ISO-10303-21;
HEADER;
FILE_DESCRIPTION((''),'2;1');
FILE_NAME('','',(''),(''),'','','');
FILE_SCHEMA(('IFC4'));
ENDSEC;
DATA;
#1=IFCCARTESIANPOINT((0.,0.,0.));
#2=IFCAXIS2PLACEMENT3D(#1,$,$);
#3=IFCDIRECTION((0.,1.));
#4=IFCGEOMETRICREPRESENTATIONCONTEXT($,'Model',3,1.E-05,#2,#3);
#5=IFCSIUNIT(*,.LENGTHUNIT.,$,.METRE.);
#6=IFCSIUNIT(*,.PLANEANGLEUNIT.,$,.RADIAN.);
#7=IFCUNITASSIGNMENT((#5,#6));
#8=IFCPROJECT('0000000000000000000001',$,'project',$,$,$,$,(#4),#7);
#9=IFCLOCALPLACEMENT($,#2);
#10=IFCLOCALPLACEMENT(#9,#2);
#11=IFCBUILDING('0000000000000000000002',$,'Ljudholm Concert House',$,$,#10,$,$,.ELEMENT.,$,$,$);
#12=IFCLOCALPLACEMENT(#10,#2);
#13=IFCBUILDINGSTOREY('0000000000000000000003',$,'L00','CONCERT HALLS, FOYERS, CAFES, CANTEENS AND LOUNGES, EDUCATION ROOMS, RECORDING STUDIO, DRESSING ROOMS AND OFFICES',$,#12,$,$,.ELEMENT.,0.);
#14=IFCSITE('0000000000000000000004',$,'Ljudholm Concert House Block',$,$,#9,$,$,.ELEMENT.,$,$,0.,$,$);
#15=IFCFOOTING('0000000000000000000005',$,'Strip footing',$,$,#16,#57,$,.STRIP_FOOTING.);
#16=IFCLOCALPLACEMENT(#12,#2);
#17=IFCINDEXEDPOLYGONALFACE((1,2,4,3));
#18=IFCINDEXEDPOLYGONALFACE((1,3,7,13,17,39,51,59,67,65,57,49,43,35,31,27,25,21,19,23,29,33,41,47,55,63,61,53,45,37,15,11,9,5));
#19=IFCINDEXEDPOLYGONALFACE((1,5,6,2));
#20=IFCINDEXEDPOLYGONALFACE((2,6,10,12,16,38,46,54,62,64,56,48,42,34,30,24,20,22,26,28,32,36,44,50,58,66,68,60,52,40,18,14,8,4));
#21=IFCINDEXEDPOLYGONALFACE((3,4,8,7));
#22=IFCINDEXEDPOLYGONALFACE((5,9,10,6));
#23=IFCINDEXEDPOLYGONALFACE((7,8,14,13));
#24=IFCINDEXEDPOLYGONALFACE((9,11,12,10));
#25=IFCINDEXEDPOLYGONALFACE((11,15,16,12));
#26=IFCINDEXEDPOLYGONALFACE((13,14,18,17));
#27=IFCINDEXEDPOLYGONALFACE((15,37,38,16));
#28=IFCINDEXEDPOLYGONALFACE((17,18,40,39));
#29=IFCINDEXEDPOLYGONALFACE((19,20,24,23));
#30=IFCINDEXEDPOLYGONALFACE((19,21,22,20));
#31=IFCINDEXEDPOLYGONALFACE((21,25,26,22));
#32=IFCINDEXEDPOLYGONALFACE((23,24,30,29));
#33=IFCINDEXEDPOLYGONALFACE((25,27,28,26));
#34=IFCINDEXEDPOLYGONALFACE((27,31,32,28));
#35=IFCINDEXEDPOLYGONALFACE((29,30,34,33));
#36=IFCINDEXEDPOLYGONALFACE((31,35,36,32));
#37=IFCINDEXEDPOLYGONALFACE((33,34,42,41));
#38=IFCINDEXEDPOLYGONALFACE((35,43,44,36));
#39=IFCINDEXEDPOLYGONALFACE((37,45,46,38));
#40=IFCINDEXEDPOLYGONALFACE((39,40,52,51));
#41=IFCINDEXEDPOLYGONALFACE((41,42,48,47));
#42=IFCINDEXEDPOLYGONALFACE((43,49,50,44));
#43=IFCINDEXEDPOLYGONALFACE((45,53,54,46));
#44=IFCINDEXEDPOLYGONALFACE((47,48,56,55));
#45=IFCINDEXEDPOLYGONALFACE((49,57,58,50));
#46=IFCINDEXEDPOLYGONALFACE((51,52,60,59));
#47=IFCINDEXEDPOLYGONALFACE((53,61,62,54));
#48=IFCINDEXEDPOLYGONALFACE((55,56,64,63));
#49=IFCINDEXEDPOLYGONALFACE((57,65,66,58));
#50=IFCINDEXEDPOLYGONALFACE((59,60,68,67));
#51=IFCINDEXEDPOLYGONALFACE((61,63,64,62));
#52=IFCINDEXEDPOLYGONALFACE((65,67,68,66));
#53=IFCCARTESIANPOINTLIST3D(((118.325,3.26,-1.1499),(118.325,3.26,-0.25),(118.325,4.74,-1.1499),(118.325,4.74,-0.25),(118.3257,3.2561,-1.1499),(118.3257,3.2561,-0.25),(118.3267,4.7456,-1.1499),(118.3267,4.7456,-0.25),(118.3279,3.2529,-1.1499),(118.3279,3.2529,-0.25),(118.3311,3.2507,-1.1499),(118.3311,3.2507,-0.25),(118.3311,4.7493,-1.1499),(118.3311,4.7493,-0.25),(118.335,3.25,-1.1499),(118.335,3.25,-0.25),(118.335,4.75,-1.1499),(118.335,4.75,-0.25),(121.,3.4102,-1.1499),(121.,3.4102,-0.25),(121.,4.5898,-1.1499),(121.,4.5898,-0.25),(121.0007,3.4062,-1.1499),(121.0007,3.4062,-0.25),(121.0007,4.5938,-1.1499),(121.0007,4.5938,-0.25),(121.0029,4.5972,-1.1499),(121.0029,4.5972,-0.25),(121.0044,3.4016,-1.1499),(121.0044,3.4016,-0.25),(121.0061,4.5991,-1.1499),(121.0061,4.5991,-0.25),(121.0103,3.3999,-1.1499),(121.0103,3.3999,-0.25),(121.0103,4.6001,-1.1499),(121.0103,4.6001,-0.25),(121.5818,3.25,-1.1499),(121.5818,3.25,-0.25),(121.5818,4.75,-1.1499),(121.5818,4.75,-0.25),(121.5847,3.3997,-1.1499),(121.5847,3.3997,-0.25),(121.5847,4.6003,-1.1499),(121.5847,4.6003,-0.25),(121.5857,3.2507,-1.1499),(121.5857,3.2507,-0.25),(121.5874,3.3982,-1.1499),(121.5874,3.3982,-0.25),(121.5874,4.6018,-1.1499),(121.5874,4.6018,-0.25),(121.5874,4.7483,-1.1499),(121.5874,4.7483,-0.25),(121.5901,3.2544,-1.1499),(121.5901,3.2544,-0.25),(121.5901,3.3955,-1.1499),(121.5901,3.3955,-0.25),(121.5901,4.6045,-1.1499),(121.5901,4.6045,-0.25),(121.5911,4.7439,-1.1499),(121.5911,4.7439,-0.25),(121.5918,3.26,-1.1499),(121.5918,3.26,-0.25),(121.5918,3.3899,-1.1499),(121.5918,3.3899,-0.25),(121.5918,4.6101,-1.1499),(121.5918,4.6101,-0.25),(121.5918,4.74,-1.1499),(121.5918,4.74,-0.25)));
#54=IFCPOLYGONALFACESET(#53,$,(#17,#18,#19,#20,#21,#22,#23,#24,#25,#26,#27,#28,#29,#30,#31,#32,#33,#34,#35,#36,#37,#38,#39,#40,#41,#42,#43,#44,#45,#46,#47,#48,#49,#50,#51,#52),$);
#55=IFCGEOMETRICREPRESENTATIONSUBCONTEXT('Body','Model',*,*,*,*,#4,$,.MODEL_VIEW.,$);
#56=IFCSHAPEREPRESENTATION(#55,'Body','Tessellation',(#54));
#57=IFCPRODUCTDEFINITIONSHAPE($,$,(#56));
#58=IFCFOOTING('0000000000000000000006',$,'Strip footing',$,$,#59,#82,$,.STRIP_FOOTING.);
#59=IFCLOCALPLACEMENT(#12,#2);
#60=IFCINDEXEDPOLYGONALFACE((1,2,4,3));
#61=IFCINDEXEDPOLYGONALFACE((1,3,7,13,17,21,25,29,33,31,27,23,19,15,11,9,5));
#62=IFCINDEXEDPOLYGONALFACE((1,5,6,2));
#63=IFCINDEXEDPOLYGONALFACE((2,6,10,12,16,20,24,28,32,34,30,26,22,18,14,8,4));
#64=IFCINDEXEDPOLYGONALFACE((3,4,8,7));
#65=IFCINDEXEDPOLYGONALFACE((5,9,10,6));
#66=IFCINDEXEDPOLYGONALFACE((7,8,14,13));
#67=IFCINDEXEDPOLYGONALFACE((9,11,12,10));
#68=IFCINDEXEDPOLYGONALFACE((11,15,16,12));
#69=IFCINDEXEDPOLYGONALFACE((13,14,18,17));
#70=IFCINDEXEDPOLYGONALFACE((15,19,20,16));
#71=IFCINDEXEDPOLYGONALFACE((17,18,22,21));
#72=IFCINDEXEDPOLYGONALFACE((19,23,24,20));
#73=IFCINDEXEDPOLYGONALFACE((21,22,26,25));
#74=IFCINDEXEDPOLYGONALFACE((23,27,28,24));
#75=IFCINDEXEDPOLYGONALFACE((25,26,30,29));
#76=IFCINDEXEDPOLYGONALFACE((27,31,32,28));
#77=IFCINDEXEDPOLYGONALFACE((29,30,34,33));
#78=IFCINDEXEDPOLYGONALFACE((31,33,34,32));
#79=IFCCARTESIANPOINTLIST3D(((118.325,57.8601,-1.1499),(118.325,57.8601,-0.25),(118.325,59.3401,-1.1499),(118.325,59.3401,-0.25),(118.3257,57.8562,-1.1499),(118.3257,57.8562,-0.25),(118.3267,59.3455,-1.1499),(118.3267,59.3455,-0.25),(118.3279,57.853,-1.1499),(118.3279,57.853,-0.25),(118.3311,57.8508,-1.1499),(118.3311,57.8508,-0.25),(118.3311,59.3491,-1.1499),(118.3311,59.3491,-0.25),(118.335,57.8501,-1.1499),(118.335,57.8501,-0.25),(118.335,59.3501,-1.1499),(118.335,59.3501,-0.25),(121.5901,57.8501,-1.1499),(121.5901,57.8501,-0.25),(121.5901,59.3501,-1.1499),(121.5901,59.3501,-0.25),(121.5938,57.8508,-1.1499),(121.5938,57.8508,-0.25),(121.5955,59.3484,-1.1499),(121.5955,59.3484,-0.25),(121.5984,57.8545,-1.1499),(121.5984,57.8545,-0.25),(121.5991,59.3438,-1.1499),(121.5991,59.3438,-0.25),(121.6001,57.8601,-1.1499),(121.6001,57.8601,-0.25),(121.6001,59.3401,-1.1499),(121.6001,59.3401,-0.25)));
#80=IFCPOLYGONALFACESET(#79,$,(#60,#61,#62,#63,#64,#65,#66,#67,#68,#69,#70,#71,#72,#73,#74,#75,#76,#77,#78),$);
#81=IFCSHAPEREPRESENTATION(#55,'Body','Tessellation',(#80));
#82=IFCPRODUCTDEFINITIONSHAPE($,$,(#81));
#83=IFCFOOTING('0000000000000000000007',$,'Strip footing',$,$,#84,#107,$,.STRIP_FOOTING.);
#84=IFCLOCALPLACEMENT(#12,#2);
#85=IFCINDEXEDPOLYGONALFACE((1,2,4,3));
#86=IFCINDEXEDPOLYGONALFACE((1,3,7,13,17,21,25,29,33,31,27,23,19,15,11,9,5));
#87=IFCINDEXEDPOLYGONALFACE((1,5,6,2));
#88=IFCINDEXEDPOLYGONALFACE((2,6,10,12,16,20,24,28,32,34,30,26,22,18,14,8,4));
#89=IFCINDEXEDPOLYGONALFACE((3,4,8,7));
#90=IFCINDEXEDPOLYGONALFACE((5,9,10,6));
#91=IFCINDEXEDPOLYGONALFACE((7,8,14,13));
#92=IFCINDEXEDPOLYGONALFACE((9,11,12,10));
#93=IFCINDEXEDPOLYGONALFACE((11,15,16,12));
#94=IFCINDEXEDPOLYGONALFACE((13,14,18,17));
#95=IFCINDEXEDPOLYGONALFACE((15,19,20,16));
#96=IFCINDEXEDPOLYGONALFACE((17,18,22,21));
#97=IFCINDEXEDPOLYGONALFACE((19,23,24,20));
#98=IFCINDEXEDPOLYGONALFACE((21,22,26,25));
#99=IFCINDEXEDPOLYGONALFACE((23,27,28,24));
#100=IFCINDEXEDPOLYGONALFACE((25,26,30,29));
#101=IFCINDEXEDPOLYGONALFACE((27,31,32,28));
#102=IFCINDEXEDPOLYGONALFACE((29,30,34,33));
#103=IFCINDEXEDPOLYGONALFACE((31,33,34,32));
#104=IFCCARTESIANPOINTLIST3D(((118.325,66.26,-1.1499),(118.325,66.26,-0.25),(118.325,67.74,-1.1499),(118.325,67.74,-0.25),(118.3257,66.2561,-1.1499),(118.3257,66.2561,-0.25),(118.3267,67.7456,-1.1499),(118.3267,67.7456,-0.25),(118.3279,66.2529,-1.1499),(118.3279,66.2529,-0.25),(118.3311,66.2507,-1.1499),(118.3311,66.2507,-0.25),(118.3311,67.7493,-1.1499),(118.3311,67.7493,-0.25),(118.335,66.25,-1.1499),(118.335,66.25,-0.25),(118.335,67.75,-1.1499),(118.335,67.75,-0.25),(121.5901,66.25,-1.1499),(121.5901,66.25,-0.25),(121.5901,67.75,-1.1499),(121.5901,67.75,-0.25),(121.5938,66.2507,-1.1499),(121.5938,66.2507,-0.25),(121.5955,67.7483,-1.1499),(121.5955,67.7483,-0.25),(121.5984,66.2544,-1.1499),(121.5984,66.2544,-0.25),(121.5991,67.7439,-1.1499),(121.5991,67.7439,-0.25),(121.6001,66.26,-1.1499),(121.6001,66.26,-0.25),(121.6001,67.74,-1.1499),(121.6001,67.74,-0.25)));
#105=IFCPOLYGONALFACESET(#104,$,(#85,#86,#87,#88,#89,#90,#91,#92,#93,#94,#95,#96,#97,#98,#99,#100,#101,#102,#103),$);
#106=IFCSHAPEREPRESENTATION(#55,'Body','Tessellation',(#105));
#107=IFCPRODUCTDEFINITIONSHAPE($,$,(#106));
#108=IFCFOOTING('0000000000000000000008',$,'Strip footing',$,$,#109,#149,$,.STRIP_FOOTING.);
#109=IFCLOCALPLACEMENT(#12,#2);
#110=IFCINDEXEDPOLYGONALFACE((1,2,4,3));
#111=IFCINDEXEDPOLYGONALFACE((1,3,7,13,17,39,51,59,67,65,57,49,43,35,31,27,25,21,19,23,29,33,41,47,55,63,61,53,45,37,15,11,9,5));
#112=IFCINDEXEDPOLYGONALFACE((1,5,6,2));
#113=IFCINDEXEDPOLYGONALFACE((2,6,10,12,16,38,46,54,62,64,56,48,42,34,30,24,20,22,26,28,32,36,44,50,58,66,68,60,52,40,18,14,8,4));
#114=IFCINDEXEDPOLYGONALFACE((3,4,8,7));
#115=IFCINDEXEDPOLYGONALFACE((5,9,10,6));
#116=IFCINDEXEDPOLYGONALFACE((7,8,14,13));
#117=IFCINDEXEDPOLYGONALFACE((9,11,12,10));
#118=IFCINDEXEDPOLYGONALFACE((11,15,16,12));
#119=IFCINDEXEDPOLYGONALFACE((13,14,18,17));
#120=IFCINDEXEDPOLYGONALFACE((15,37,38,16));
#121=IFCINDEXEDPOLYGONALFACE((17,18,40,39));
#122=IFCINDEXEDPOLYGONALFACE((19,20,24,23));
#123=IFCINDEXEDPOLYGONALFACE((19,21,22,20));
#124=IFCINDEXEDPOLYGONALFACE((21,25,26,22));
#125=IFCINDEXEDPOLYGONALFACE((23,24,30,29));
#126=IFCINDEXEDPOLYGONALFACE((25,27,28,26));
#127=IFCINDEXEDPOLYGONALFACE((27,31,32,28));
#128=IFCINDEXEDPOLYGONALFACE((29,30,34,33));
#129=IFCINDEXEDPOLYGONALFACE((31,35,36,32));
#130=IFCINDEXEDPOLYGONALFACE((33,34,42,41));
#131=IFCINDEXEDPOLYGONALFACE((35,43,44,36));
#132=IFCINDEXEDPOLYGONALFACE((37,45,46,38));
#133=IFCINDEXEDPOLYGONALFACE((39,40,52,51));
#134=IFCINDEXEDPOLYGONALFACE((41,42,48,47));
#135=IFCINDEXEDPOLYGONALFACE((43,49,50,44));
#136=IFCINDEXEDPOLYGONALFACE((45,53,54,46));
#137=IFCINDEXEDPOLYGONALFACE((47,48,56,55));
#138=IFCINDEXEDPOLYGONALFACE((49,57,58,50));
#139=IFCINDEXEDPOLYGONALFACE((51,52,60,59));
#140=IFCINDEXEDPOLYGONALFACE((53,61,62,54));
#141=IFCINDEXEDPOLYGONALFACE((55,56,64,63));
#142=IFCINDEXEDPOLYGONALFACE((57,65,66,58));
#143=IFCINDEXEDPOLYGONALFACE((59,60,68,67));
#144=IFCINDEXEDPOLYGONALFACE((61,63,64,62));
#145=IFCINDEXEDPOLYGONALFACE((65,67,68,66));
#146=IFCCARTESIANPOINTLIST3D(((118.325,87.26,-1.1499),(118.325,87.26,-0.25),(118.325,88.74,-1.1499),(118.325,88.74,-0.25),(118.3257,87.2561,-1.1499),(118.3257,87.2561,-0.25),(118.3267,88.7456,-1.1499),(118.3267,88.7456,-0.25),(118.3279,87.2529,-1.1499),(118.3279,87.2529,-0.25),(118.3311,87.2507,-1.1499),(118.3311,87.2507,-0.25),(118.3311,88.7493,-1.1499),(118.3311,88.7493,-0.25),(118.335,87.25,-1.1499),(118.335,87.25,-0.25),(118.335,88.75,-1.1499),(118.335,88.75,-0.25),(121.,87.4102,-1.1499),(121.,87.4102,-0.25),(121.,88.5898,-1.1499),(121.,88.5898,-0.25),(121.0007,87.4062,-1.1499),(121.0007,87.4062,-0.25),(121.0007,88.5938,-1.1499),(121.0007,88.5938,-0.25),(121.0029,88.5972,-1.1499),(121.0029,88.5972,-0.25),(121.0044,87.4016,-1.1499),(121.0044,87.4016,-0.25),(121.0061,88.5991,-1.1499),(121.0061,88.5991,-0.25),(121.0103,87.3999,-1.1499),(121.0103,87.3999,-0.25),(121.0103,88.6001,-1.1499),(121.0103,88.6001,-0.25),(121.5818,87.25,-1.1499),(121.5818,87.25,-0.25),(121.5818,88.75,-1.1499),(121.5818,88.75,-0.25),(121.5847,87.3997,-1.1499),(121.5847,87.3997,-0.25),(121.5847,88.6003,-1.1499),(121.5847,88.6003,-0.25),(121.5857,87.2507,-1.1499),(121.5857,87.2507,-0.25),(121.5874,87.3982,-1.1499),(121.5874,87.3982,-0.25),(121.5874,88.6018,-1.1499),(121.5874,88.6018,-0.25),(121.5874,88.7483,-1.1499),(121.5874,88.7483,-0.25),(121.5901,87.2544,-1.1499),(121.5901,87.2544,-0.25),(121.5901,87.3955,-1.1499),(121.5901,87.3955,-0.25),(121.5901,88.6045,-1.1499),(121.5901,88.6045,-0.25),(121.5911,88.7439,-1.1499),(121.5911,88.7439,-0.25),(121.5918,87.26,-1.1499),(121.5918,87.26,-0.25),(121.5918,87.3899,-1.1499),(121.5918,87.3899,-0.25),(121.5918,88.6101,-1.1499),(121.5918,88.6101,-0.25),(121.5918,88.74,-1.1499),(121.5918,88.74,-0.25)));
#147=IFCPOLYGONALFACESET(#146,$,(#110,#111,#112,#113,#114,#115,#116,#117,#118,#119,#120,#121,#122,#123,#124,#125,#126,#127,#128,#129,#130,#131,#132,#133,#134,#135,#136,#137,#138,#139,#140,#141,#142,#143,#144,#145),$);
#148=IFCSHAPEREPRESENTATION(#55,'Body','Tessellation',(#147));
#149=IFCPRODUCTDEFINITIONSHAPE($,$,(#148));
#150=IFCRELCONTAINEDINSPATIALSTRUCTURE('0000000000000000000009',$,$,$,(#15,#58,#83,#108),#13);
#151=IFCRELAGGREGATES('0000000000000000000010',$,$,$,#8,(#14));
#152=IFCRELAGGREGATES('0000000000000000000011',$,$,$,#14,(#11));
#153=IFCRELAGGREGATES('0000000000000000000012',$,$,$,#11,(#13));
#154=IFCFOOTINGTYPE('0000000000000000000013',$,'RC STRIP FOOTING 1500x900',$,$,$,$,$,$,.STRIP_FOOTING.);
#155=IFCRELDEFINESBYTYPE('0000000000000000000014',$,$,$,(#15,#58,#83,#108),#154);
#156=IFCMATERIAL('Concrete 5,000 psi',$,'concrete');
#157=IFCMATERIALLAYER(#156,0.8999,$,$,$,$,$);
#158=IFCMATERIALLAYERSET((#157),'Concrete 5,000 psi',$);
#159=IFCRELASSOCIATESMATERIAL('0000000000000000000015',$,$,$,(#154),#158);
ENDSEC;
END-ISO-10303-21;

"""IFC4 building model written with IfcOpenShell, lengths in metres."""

from ifc_helpers import new_model, si_unit, direction, frame, origin, place, context, subcontext, project, spatial, polyline, outline, extrude, material, layer, layer_set, type_object, element, save


model = new_model("IFC4")

# Units and contexts
model_context = context("Model", 3, precision=1e-05, world=origin(), true_north=direction((0.0, 1.0)))
body_context = subcontext(model_context, "Body", "Model", "MODEL_VIEW")
ifc_project = project(units=[si_unit("LENGTHUNIT", "METRE"), si_unit("PLANEANGLEUNIT", "RADIAN")], contexts=[model_context])

# Site, building, storey
site_placement = place(None, origin())
site = spatial("IfcSite", under=ifc_project, at=site_placement, Name="Ljudholm Concert House Block", CompositionType="ELEMENT", RefElevation=0.0)
building_placement = place(site_placement, origin())
building = spatial("IfcBuilding", under=site, at=building_placement, Name="Ljudholm Concert House", CompositionType="ELEMENT")
storey_placement = place(building_placement, origin())
storey = spatial("IfcBuildingStorey", under=building, at=storey_placement, Name="L00", Description="CONCERT HALLS, FOYERS, CAFES, CANTEENS AND LOUNGES, EDUCATION ROOMS, RECORDING STUDIO, DRESSING ROOMS AND OFFICES", CompositionType="ELEMENT", Elevation=0.0)

# Footings
ifc_material = material(Name="Concrete 5,000 psi", Category="concrete")
ifc_layer = layer(ifc_material, 0.8999)
ifc_layer_set = layer_set([ifc_layer], Name="Concrete 5,000 psi")
footing_type = type_object("IfcFootingType", Name="RC STRIP FOOTING 1500x900", PredefinedType="STRIP_FOOTING", material=ifc_layer_set)
footing_1_placement = place(storey_placement, frame((0.0, 0.0, -1.1499)))
element("IfcFooting", 1, at=footing_1_placement, inside=storey, type_object=footing_type, Name="Strip footing", PredefinedType="STRIP_FOOTING", context=body_context, shape_type="SweptSolid", body=[
    extrude(outline(polyline([(118.335, 3.25), (121.5818, 3.25), (121.5857, 3.2507), (121.5901, 3.2544), (121.5918, 3.26), (121.5918, 3.3899), (121.5901, 3.3955), (121.5874, 3.3982), (121.5847, 3.3997), (121.0103, 3.3999), (121.0044, 3.4016), (121.0007, 3.4062), (121.0, 3.4102), (121.0, 4.5898), (121.0007, 4.5938), (121.0029, 4.5972), (121.0061, 4.5991), (121.0103, 4.6001), (121.5847, 4.6003), (121.5874, 4.6018), (121.5901, 4.6045), (121.5918, 4.6101), (121.5918, 4.74), (121.5911, 4.7439), (121.5874, 4.7483), (121.5818, 4.75), (118.335, 4.75), (118.3311, 4.7493), (118.3267, 4.7456), (118.325, 4.74), (118.325, 3.26), (118.3257, 3.2561), (118.3279, 3.2529), (118.3311, 3.2507), (118.335, 3.25)])), origin(), (0.0, 0.0, 1.0), 0.8999),
])
footing_2_placement = place(storey_placement, frame((0.0, 0.0, -1.1499)))
element("IfcFooting", 2, at=footing_2_placement, inside=storey, type_object=footing_type, Name="Strip footing", PredefinedType="STRIP_FOOTING", context=body_context, shape_type="SweptSolid", body=[
    extrude(outline(polyline([(118.335, 57.8501), (121.5901, 57.8501), (121.5938, 57.8508), (121.5984, 57.8545), (121.6001, 57.8601), (121.6001, 59.3401), (121.5991, 59.3438), (121.5955, 59.3484), (121.5901, 59.3501), (118.335, 59.3501), (118.3311, 59.3491), (118.3267, 59.3455), (118.325, 59.3401), (118.325, 57.8601), (118.3257, 57.8562), (118.3279, 57.853), (118.3311, 57.8508), (118.335, 57.8501)])), origin(), (0.0, 0.0, 1.0), 0.8999),
])
footing_3_placement = place(storey_placement, frame((0.0, 0.0, -1.1499)))
element("IfcFooting", 3, at=footing_3_placement, inside=storey, type_object=footing_type, Name="Strip footing", PredefinedType="STRIP_FOOTING", context=body_context, shape_type="SweptSolid", body=[
    extrude(outline(polyline([(118.335, 66.25), (121.5901, 66.25), (121.5938, 66.2507), (121.5984, 66.2544), (121.6001, 66.26), (121.6001, 67.74), (121.5991, 67.7439), (121.5955, 67.7483), (121.5901, 67.75), (118.335, 67.75), (118.3311, 67.7493), (118.3267, 67.7456), (118.325, 67.74), (118.325, 66.26), (118.3257, 66.2561), (118.3279, 66.2529), (118.3311, 66.2507), (118.335, 66.25)])), origin(), (0.0, 0.0, 1.0), 0.8999),
])
footing_4_placement = place(storey_placement, frame((0.0, 0.0, -1.1499)))
element("IfcFooting", 4, at=footing_4_placement, inside=storey, type_object=footing_type, Name="Strip footing", PredefinedType="STRIP_FOOTING", context=body_context, shape_type="SweptSolid", body=[
    extrude(outline(polyline([(118.335, 87.25), (121.5818, 87.25), (121.5857, 87.2507), (121.5901, 87.2544), (121.5918, 87.26), (121.5918, 87.3899), (121.5901, 87.3955), (121.5874, 87.3982), (121.5847, 87.3997), (121.0103, 87.3999), (121.0044, 87.4016), (121.0007, 87.4062), (121.0, 87.4102), (121.0, 88.5898), (121.0007, 88.5938), (121.0029, 88.5972), (121.0061, 88.5991), (121.0103, 88.6001), (121.5847, 88.6003), (121.5874, 88.6018), (121.5901, 88.6045), (121.5918, 88.6101), (121.5918, 88.74), (121.5911, 88.7439), (121.5874, 88.7483), (121.5818, 88.75), (118.335, 88.75), (118.3311, 88.7493), (118.3267, 88.7456), (118.325, 88.74), (118.325, 87.26), (118.3257, 87.2561), (118.3279, 87.2529), (118.3311, 87.2507), (118.335, 87.25)])), origin(), (0.0, 0.0, 1.0), 0.8999),
])

save(model, "model.ifc")
